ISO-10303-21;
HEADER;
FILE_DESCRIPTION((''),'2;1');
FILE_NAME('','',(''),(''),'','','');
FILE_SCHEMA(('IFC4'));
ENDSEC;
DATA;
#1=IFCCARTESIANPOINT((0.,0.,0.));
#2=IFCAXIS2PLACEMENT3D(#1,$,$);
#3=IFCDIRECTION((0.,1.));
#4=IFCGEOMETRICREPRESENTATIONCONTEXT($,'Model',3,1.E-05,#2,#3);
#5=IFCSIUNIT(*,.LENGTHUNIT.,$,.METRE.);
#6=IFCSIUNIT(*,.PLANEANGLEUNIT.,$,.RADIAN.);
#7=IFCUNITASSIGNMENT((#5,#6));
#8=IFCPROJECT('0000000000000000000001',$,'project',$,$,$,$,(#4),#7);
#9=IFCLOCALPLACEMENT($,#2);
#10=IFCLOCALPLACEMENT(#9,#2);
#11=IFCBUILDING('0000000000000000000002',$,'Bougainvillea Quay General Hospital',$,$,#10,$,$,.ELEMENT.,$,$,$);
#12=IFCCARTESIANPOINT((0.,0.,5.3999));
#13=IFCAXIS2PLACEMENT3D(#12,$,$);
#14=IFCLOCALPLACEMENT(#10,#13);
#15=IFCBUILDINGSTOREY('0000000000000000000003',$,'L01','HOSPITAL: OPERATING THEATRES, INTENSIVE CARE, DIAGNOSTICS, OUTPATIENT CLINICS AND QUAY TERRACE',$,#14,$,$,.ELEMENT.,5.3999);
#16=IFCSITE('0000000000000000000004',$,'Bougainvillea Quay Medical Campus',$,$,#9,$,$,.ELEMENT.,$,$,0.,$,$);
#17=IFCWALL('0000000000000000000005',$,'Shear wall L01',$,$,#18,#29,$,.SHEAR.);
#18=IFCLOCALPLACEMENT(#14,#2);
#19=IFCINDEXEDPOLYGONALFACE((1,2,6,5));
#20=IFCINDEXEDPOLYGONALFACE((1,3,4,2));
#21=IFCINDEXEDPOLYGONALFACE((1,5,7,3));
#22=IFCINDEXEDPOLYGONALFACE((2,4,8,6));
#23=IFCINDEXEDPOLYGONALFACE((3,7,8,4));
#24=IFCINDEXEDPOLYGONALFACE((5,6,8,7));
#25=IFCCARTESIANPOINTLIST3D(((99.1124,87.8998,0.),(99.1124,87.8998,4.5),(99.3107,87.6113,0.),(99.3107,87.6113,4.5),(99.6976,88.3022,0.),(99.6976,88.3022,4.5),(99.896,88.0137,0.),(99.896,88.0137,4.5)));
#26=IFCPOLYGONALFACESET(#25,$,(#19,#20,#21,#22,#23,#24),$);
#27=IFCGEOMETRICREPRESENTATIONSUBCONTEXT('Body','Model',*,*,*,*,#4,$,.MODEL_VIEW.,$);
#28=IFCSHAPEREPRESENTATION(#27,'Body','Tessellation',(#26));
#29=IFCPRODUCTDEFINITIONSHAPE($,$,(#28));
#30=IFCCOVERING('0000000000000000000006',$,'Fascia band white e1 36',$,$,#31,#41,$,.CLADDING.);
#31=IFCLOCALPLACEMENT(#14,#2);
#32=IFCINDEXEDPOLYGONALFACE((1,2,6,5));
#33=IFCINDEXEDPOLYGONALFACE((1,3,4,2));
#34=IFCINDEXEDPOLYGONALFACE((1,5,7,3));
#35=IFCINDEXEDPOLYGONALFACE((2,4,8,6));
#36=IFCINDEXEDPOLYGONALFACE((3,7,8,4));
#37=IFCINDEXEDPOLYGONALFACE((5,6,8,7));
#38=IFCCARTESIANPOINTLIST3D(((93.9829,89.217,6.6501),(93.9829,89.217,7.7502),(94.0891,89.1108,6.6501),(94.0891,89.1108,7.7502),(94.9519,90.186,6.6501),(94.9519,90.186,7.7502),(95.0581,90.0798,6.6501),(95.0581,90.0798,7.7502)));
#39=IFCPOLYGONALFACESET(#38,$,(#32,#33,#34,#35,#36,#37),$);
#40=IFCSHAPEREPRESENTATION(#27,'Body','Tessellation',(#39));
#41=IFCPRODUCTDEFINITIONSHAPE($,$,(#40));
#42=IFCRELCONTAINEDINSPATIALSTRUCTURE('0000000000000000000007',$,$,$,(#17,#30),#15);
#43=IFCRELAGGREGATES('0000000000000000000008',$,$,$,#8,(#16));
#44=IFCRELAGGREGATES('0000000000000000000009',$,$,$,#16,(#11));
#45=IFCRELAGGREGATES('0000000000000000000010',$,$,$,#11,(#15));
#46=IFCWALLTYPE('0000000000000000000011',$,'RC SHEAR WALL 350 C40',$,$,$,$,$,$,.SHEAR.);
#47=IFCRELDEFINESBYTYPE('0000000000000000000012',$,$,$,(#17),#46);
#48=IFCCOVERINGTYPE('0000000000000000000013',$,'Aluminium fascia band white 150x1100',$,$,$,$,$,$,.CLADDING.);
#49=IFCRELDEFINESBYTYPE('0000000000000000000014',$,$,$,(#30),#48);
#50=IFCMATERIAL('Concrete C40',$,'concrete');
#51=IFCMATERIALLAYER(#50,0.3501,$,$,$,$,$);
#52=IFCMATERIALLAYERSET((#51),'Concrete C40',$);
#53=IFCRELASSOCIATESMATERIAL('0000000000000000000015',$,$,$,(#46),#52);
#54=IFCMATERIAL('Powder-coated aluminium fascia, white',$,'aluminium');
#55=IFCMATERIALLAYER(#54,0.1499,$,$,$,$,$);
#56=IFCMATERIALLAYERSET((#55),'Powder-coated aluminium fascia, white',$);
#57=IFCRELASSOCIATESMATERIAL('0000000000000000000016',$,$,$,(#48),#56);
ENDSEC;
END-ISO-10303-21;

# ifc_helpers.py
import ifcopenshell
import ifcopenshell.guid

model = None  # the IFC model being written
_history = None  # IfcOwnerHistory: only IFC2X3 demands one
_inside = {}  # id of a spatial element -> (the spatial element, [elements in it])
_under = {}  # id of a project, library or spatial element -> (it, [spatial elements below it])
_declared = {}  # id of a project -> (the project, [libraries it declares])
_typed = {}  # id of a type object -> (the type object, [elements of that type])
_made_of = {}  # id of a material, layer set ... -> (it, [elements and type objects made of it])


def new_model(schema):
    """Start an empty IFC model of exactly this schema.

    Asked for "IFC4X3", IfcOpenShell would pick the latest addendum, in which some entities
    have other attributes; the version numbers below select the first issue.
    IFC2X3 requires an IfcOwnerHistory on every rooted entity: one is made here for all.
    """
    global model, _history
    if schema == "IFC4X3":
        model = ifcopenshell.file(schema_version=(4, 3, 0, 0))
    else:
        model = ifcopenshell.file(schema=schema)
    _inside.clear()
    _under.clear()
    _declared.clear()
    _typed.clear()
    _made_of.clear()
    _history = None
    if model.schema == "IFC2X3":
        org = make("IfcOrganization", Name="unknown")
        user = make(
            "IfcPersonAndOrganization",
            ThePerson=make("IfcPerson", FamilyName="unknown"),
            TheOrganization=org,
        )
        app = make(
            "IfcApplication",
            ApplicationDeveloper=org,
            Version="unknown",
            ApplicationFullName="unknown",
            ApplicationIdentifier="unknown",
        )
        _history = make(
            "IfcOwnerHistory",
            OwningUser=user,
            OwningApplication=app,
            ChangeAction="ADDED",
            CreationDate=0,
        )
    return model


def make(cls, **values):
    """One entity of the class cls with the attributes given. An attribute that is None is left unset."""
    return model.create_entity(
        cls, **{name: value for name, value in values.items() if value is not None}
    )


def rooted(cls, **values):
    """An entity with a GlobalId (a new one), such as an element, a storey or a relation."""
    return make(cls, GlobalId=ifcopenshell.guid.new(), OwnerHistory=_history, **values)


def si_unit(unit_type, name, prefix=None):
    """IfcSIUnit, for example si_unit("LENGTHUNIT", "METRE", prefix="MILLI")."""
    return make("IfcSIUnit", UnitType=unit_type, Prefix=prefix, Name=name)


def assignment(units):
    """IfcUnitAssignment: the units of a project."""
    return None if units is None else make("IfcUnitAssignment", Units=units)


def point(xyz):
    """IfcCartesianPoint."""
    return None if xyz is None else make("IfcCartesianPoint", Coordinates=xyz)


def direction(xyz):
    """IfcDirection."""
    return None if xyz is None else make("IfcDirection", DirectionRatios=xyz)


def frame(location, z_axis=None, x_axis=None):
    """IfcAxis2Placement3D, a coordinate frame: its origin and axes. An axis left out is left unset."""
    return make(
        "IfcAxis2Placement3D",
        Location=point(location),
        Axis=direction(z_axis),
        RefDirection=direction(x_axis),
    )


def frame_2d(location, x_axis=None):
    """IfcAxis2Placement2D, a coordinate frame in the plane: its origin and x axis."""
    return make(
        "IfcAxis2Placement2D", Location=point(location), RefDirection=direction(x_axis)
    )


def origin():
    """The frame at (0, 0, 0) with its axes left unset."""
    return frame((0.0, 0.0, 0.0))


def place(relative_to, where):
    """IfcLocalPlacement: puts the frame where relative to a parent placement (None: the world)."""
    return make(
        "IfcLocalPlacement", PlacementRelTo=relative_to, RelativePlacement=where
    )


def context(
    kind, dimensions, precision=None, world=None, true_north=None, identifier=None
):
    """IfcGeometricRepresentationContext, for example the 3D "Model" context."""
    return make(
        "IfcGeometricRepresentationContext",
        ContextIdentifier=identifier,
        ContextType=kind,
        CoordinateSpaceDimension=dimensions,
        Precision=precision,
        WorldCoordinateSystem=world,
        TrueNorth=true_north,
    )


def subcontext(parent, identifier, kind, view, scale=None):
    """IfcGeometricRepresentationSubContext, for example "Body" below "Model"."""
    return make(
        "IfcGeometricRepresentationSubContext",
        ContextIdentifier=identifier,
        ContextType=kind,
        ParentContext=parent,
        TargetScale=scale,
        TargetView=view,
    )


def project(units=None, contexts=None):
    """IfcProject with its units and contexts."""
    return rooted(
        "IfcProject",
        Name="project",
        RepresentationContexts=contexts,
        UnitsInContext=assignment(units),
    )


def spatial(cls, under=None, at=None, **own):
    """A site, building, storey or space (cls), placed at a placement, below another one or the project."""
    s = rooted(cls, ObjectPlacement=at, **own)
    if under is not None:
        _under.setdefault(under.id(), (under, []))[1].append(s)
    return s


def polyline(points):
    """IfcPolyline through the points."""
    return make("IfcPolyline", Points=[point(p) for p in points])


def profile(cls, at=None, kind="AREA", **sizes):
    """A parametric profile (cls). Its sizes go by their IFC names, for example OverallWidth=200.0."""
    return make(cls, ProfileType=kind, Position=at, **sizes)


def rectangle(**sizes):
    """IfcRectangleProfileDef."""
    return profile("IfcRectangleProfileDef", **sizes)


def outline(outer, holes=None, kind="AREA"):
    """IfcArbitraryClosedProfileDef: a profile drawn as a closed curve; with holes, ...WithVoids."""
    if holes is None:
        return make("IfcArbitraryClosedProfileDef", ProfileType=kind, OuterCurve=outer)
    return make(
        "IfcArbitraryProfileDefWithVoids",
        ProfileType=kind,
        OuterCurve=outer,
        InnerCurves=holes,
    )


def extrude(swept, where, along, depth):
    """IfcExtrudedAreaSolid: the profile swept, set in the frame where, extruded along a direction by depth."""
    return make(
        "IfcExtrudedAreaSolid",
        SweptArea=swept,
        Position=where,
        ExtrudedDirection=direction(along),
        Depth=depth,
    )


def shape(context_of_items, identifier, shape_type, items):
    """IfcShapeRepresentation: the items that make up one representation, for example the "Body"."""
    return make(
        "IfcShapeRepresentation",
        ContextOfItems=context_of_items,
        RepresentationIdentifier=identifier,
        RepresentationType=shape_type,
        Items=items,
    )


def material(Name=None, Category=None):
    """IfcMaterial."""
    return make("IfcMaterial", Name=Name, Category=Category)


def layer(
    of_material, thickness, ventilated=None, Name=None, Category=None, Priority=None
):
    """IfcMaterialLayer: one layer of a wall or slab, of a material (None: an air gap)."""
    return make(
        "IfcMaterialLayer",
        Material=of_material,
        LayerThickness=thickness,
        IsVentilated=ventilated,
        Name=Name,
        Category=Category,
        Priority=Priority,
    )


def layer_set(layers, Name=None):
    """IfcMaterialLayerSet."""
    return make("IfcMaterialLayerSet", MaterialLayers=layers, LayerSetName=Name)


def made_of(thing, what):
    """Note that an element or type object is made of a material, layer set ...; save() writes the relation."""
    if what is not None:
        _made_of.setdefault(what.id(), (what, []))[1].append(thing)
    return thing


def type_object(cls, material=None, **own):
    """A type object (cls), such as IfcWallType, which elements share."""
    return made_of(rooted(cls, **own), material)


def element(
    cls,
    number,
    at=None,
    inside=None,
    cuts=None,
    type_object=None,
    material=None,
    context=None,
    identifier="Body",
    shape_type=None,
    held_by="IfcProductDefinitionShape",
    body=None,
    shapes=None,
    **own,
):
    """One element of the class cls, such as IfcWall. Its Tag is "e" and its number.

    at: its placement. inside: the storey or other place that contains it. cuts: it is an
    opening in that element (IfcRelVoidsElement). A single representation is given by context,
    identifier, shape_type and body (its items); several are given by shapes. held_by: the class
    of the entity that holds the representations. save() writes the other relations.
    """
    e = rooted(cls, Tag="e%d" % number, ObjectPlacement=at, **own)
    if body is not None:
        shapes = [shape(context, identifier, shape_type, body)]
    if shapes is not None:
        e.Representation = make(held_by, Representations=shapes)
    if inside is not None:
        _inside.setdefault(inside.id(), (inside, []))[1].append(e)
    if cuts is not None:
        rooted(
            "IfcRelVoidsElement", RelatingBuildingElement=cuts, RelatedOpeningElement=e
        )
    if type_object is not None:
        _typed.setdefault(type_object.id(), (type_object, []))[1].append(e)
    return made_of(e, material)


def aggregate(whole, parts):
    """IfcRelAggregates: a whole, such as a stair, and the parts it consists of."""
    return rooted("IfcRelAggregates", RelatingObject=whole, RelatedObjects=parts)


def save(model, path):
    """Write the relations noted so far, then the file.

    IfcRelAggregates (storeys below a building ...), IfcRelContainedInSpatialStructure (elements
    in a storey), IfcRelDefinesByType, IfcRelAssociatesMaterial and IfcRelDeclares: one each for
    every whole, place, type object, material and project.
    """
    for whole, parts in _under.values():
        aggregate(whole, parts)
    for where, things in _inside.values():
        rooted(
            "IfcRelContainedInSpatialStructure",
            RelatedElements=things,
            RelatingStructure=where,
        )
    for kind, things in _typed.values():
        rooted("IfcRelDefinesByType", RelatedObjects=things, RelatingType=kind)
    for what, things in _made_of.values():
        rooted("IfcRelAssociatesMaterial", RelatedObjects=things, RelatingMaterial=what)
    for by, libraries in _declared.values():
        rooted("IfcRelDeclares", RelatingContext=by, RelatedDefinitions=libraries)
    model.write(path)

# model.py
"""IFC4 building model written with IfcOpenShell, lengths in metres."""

from ifc_helpers import new_model, si_unit, direction, frame, frame_2d, origin, place, context, subcontext, project, spatial, polyline, rectangle, outline, extrude, material, layer, layer_set, type_object, element, save


model = new_model("IFC4")

# Units and contexts
model_context = context("Model", 3, precision=1e-05, world=origin(), true_north=direction((0.0, 1.0)))
body_context = subcontext(model_context, "Body", "Model", "MODEL_VIEW")
ifc_project = project(units=[si_unit("LENGTHUNIT", "METRE"), si_unit("PLANEANGLEUNIT", "RADIAN")], contexts=[model_context])

# Site, building, storey
site_placement = place(None, origin())
site = spatial("IfcSite", under=ifc_project, at=site_placement, Name="Bougainvillea Quay Medical Campus", CompositionType="ELEMENT", RefElevation=0.0)
building_placement = place(site_placement, origin())
building = spatial("IfcBuilding", under=site, at=building_placement, Name="Bougainvillea Quay General Hospital", CompositionType="ELEMENT")
storey_placement = place(building_placement, frame((0.0, 0.0, 5.3999)))
storey = spatial("IfcBuildingStorey", under=building, at=storey_placement, Name="L01", Description="HOSPITAL: OPERATING THEATRES, INTENSIVE CARE, DIAGNOSTICS, OUTPATIENT CLINICS AND QUAY TERRACE", CompositionType="ELEMENT", Elevation=5.3999)

# Shared definitions
ifc_material_1 = material(Name="Concrete C40", Category="concrete")
ifc_layer_1 = layer(ifc_material_1, 0.3501)
ifc_layer_set_1 = layer_set([ifc_layer_1], Name="Concrete C40")
wall_type_1 = type_object("IfcWallType", Name="RC SHEAR WALL 350 C40", PredefinedType="SHEAR", material=ifc_layer_set_1)

# Wall
wall_1_placement = place(storey_placement, frame((99.2117, 87.7556, 0.0), z_axis=(0.0, 0.0, 1.0), x_axis=(0.824032, 0.566543, 0.0)))
element("IfcWall", 1, at=wall_1_placement, inside=storey, type_object=wall_type_1, Name="Shear wall L01", PredefinedType="SHEAR", context=body_context, shape_type="SweptSolid", body=[
    extrude(rectangle(XDim=0.7102, YDim=0.3501, at=frame_2d((0.355, 0.0))), origin(), (0.0, 0.0, 1.0), 4.5),
])

# Covering
ifc_material_2 = material(Name="Powder-coated aluminium fascia, white", Category="aluminium")
ifc_layer_2 = layer(ifc_material_2, 0.1499)
ifc_layer_set_2 = layer_set([ifc_layer_2], Name="Powder-coated aluminium fascia, white")
covering_type = type_object("IfcCoveringType", Name="Aluminium fascia band white 150x1100", PredefinedType="CLADDING", material=ifc_layer_set_2)
covering_placement = place(storey_placement, frame((95.0581, 90.0798, 6.6501), z_axis=(0.0, 0.0, 1.0), x_axis=(-0.707107, -0.707107, 0.0)))
element("IfcCovering", 2, at=covering_placement, inside=storey, type_object=covering_type, Name="Fascia band white e1 36", PredefinedType="CLADDING", context=body_context, shape_type="SweptSolid", body=[
    extrude(outline(polyline([(0.0, 0.0), (1.3704, 0.0), (1.3704, -0.1502), (0.0, -0.1502), (0.0, 0.0)])), origin(), (0.0, 0.0, 1.0), 1.1001),
])

save(model, "model.ifc")
